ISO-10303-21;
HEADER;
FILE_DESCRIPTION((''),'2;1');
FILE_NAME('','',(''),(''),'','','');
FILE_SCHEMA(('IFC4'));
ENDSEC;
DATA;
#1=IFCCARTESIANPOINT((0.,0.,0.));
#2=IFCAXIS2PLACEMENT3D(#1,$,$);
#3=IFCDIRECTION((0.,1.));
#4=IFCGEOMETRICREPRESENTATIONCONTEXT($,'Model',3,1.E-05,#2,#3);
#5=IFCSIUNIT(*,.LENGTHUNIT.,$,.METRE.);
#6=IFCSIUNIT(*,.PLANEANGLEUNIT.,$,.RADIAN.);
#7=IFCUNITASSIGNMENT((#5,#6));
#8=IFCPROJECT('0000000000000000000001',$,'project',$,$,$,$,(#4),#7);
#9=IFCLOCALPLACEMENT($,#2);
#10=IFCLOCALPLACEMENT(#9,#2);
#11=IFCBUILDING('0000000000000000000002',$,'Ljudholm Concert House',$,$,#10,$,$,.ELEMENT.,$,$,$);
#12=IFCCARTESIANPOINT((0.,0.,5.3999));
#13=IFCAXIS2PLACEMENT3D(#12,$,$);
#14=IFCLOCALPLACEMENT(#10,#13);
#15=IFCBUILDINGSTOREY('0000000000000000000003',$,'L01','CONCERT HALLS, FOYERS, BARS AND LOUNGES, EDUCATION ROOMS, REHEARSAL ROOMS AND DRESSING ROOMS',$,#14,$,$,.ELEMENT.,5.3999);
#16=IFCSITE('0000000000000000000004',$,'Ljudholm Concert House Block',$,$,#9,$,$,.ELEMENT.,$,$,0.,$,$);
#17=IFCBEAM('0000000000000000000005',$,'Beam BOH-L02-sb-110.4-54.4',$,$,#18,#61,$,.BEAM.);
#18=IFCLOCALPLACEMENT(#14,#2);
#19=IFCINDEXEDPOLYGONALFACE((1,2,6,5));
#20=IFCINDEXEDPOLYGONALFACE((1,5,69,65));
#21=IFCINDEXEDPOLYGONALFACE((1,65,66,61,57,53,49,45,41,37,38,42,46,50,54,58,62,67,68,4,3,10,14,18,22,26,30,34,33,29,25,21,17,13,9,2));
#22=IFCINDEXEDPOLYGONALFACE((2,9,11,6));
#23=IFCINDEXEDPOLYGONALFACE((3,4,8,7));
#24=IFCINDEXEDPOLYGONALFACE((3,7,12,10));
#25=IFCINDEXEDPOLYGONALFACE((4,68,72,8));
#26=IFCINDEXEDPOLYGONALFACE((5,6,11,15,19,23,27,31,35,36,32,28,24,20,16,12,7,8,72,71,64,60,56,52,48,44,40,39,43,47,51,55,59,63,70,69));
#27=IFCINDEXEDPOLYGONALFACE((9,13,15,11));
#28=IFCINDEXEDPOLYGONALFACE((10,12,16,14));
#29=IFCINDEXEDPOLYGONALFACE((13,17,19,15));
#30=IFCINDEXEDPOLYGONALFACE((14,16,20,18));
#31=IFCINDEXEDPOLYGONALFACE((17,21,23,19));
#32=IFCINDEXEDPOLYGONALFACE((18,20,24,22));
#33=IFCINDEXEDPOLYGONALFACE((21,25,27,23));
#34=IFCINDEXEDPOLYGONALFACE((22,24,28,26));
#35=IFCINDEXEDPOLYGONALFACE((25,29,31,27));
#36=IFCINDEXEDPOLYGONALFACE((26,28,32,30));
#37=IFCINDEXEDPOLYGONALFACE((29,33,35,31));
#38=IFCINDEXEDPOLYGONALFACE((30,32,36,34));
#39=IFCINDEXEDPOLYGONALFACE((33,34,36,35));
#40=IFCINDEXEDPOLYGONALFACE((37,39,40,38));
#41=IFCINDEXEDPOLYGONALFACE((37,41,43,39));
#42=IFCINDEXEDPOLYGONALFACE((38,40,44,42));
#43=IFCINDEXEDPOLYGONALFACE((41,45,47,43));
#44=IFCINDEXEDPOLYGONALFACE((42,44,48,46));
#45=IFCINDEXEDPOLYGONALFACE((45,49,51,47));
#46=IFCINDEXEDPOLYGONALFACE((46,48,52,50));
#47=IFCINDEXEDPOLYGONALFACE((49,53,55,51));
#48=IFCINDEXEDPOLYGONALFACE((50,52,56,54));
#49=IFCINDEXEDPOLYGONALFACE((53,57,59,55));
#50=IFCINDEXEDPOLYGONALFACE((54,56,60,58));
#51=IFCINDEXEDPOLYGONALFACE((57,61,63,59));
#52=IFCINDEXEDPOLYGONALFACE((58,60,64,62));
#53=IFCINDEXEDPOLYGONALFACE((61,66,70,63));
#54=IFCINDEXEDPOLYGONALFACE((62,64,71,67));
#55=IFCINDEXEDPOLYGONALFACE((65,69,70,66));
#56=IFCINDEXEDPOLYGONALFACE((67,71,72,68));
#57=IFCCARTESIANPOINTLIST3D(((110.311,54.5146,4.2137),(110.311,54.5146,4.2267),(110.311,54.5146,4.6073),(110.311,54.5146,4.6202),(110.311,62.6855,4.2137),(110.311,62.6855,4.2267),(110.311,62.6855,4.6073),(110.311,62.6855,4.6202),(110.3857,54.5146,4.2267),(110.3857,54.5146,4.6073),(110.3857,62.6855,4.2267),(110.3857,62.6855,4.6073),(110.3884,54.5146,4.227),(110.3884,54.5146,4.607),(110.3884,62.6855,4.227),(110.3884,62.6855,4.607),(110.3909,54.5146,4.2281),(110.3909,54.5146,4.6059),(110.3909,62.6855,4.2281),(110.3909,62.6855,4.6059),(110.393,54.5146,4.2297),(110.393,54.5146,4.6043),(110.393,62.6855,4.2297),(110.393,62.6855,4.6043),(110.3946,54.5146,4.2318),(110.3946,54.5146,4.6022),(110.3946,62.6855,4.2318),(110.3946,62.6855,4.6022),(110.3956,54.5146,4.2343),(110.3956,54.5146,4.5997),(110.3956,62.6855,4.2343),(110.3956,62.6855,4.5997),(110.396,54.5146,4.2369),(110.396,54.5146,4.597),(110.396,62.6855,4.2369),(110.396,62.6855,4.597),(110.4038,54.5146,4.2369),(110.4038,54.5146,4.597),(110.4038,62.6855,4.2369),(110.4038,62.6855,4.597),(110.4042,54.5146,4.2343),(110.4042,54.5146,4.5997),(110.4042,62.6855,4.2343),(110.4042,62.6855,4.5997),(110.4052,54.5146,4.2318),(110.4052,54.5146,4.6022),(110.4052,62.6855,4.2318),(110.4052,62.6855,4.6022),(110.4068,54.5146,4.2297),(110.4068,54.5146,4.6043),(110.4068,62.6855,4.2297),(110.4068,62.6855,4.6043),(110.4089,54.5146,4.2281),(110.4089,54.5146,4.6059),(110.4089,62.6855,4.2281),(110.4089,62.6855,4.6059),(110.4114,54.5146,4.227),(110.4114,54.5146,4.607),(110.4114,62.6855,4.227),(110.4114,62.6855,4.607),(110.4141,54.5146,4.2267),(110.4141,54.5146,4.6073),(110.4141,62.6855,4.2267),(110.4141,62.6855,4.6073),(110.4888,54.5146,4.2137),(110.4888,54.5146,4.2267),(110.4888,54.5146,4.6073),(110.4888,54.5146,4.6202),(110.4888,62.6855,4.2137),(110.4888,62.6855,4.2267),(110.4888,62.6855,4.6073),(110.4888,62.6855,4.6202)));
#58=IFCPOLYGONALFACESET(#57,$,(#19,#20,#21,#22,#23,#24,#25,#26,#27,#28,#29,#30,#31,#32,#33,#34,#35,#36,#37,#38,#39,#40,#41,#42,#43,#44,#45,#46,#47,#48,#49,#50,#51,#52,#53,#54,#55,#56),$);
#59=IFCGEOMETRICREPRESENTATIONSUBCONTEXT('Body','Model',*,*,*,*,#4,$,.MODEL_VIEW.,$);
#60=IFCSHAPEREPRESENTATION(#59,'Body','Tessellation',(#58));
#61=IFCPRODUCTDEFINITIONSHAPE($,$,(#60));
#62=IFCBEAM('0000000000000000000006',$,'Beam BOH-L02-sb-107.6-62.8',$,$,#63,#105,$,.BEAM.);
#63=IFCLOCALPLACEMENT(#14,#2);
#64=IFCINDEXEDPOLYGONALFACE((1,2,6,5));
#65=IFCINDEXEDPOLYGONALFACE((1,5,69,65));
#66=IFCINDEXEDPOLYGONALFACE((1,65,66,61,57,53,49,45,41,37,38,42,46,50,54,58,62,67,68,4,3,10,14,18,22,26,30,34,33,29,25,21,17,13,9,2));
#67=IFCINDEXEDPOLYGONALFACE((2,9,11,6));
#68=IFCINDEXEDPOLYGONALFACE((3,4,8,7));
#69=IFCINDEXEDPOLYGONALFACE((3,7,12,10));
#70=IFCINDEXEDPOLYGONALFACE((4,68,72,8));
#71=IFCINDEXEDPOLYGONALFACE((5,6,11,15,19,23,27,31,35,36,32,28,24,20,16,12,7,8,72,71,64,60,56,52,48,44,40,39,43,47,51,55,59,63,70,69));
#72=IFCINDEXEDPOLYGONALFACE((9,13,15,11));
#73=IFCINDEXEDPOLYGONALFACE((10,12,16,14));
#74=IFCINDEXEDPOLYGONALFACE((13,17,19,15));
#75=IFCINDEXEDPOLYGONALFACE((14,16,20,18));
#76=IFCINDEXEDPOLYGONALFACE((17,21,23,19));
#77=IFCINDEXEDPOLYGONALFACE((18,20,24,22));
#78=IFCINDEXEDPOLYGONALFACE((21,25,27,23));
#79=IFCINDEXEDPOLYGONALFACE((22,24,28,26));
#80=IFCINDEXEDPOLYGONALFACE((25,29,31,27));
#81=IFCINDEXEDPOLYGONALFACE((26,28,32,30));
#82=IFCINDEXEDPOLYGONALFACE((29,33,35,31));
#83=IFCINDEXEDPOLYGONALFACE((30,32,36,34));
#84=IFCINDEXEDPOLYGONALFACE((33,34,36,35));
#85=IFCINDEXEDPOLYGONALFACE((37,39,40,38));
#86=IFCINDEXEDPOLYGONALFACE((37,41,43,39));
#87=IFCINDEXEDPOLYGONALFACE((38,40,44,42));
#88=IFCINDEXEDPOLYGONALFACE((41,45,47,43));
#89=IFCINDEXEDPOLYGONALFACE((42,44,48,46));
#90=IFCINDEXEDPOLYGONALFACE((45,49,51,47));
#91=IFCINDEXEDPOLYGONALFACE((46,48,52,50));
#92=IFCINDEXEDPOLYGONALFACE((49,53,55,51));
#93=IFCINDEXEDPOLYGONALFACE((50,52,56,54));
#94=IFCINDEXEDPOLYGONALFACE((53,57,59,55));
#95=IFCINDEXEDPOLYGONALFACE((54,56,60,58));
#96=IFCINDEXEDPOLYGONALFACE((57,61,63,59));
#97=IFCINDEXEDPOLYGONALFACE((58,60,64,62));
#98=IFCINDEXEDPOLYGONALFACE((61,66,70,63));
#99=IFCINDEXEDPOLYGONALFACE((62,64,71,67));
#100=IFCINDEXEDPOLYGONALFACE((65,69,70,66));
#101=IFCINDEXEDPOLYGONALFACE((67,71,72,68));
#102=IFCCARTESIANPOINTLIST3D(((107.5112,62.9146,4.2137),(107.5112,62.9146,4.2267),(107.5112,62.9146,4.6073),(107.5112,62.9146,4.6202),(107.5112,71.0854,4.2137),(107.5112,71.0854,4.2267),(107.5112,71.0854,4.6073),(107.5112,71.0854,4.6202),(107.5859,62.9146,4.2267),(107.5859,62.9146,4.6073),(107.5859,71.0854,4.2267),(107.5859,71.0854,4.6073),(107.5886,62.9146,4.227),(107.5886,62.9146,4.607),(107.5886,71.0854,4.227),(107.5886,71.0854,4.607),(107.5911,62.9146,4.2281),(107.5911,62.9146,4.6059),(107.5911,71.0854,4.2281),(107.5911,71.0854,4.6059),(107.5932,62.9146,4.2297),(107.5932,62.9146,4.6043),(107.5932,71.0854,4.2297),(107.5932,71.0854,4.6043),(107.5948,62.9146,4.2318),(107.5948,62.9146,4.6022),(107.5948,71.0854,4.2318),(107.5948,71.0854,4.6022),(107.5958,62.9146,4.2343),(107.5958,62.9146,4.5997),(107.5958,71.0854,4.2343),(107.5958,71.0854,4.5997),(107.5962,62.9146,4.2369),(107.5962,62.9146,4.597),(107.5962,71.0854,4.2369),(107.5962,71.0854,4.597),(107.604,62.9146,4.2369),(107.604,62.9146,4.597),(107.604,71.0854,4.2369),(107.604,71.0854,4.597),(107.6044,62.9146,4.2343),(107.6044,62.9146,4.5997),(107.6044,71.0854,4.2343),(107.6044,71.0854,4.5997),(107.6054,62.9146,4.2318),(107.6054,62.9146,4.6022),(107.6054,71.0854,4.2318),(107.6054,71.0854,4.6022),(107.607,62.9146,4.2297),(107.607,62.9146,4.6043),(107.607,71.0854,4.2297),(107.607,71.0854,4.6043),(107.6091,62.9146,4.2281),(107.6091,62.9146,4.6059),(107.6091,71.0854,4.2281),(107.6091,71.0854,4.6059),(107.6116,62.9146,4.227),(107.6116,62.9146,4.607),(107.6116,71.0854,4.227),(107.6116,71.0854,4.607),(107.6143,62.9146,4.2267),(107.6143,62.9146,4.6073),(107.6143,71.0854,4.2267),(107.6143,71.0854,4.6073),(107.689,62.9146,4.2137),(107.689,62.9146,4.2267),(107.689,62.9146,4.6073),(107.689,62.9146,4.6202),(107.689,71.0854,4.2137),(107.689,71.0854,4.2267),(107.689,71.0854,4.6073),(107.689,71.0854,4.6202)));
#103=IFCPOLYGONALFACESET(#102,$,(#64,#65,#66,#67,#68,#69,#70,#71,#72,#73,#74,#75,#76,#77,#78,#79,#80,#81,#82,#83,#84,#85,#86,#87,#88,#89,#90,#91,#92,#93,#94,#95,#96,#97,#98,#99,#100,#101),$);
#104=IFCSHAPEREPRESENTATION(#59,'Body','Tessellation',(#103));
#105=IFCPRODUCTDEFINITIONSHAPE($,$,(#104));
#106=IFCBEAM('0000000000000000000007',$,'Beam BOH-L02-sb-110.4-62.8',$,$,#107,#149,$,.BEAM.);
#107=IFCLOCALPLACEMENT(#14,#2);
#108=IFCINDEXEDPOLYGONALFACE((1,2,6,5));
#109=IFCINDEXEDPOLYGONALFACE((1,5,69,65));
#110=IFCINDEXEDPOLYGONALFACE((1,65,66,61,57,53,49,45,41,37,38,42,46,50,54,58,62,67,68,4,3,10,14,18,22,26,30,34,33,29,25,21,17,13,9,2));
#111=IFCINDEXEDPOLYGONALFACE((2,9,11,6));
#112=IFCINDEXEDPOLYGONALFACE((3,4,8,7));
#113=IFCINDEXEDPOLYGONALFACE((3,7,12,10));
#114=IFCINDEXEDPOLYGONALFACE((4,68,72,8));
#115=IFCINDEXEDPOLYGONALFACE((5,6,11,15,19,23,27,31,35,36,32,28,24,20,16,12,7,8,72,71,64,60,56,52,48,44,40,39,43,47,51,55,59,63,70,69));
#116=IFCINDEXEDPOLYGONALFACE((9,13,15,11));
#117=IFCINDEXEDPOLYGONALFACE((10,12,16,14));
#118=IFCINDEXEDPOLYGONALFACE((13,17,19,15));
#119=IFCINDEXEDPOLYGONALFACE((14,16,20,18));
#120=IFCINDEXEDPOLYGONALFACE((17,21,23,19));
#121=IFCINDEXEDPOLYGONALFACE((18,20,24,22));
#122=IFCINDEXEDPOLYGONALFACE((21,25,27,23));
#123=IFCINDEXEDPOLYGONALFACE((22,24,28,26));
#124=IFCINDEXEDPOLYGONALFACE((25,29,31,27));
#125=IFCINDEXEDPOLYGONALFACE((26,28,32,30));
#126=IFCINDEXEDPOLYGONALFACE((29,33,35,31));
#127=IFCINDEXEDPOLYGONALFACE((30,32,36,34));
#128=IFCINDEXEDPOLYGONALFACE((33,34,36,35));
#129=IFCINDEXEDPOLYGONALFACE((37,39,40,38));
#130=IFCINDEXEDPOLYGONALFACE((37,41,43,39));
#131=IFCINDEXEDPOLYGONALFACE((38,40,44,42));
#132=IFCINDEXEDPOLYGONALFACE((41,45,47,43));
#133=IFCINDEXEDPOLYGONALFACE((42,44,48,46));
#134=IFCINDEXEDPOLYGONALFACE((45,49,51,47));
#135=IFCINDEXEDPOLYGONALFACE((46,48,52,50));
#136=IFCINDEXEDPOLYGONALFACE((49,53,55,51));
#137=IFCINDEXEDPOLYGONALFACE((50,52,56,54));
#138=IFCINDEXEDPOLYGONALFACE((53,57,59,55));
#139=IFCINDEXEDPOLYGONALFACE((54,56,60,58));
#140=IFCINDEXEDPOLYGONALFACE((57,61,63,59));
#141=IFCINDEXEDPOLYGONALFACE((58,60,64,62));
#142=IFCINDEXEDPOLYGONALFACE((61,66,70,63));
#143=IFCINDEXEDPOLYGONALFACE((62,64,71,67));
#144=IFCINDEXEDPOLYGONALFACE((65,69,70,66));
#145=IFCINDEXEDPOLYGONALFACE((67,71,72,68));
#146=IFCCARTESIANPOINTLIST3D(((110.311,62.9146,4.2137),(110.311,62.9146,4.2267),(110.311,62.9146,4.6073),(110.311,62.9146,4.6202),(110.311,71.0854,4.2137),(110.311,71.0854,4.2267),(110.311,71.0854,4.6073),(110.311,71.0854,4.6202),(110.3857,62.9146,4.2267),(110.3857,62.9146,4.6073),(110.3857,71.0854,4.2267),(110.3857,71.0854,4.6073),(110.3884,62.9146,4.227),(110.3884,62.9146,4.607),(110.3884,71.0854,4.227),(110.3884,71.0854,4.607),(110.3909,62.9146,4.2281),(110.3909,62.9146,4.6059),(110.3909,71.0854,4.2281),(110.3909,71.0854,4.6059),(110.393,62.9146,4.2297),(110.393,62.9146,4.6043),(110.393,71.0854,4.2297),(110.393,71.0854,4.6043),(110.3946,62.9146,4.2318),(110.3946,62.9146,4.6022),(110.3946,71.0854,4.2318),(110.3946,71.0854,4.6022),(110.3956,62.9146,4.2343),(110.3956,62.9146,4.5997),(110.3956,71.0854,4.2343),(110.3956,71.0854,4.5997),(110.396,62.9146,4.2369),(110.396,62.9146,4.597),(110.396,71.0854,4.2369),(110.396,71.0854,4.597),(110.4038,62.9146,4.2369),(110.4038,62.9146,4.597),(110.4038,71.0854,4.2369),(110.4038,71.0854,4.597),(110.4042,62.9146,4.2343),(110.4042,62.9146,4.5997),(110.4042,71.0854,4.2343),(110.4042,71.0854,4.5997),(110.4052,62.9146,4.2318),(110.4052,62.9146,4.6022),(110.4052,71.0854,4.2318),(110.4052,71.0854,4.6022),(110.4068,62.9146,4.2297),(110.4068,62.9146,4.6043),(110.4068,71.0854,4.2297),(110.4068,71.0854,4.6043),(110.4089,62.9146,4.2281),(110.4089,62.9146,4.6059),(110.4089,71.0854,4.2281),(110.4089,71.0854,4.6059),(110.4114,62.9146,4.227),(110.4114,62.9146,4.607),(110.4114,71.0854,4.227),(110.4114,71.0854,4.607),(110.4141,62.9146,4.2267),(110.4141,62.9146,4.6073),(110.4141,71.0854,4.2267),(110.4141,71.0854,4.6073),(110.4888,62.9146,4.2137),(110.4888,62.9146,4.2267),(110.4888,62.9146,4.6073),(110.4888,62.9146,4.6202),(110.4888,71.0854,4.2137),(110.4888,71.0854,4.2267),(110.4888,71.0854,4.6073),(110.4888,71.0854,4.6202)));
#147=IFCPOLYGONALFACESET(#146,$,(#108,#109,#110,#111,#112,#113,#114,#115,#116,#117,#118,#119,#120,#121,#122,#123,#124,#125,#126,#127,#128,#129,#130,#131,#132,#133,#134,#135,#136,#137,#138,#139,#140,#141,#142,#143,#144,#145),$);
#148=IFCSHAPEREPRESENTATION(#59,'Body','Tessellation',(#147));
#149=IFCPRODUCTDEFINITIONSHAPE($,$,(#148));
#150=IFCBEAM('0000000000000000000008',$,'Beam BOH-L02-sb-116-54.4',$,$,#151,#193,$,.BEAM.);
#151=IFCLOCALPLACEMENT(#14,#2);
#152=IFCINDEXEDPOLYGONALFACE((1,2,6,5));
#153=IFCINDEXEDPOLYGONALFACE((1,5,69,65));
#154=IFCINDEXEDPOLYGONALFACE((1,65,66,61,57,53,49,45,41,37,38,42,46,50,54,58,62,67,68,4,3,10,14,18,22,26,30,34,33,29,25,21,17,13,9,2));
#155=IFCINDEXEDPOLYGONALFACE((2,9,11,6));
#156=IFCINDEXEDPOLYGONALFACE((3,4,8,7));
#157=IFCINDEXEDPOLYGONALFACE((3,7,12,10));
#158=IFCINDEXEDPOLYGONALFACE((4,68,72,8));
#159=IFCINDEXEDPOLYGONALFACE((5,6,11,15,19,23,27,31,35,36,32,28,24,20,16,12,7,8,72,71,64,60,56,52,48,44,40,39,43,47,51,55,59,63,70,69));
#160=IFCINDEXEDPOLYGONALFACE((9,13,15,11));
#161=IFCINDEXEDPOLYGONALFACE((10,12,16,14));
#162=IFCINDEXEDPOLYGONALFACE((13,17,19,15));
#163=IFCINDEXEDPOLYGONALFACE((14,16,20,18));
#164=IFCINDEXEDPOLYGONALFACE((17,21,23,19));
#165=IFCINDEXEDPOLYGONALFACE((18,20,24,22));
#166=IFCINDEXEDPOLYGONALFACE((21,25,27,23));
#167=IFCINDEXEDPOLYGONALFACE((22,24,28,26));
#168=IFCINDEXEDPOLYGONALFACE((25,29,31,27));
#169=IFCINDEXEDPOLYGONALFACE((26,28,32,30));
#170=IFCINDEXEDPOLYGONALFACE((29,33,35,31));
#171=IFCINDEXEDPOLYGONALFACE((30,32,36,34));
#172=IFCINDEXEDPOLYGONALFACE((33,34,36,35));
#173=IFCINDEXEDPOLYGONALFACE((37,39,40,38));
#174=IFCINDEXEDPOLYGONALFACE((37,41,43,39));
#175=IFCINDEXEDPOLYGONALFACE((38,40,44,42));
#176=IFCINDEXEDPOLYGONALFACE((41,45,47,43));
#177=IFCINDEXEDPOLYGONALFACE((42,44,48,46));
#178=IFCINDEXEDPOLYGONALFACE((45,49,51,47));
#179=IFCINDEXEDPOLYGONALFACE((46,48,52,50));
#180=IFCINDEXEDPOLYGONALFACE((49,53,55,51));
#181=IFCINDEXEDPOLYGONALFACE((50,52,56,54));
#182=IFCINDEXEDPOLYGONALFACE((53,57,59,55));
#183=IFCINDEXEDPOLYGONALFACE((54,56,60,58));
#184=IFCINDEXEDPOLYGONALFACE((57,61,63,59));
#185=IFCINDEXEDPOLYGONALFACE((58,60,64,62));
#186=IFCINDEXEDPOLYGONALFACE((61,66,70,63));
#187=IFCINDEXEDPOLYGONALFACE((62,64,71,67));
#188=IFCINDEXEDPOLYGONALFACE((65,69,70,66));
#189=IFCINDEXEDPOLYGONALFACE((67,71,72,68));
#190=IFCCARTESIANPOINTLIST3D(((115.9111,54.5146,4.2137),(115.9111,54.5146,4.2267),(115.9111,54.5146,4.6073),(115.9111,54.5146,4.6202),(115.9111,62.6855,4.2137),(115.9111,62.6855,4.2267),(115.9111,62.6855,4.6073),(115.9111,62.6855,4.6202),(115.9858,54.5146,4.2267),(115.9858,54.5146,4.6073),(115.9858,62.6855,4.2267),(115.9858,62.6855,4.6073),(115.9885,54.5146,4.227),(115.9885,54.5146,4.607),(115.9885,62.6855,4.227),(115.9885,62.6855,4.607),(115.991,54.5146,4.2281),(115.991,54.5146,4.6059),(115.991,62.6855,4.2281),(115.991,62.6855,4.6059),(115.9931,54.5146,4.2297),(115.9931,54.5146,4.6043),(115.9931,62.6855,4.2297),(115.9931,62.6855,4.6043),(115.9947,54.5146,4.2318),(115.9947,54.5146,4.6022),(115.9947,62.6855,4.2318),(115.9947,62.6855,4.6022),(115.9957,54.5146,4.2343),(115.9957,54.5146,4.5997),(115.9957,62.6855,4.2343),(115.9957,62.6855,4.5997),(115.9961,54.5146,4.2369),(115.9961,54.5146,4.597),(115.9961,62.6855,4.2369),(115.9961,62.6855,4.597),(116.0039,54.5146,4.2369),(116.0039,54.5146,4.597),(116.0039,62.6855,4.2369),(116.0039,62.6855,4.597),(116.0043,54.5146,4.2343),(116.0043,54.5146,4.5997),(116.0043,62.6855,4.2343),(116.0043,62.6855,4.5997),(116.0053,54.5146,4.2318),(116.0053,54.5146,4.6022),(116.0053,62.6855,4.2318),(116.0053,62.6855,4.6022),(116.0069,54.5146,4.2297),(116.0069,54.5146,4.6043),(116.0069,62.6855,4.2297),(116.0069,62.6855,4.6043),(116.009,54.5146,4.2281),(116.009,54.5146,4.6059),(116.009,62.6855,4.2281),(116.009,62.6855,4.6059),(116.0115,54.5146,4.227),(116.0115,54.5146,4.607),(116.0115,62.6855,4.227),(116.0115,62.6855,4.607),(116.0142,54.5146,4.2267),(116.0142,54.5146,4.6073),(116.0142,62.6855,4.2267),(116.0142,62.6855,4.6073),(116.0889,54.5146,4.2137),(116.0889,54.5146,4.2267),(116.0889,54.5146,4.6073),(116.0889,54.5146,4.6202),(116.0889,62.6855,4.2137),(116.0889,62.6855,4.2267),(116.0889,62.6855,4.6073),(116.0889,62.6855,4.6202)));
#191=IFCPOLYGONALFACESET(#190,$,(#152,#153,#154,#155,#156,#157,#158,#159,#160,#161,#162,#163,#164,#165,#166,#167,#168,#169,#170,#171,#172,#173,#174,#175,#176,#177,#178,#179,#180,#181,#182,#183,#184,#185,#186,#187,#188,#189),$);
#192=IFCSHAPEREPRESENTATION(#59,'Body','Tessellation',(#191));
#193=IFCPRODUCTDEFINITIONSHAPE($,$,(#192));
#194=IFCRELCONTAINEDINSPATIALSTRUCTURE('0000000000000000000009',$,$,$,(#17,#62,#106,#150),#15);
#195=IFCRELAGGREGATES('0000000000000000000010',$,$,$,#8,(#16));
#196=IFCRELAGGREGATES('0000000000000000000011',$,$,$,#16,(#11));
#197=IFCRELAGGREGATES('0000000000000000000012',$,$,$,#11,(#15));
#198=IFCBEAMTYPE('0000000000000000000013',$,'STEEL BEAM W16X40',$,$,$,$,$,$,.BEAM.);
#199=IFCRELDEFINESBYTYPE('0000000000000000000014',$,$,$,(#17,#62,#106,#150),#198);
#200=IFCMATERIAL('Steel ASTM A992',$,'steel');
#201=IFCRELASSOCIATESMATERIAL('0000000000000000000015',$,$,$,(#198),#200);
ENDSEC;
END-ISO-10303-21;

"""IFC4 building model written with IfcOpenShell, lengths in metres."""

from ifc_helpers import new_model, si_unit, direction, frame, origin, origin_2d, place, context, subcontext, project, spatial, i_section, extrude, material, material_profile, profile_set, type_object, element, save


model = new_model("IFC4")

# Units and contexts
model_context = context("Model", 3, precision=1e-05, world=origin(), true_north=direction((0.0, 1.0)))
body_context = subcontext(model_context, "Body", "Model", "MODEL_VIEW")
ifc_project = project(units=[si_unit("LENGTHUNIT", "METRE"), si_unit("PLANEANGLEUNIT", "RADIAN")], contexts=[model_context])

# Site, building, storey
site_placement = place(None, origin())
site = spatial("IfcSite", under=ifc_project, at=site_placement, Name="Ljudholm Concert House Block", CompositionType="ELEMENT", RefElevation=0.0)
building_placement = place(site_placement, origin())
building = spatial("IfcBuilding", under=site, at=building_placement, Name="Ljudholm Concert House", CompositionType="ELEMENT")
storey_placement = place(building_placement, frame((0.0, 0.0, 5.3999)))
storey = spatial("IfcBuildingStorey", under=building, at=storey_placement, Name="L01", Description="CONCERT HALLS, FOYERS, BARS AND LOUNGES, EDUCATION ROOMS, REHEARSAL ROOMS AND DRESSING ROOMS", CompositionType="ELEMENT", Elevation=5.3999)

# Beams
ifc_material_1 = material(Name="Steel ASTM A992", Category="steel")
ifc_material_profile_1 = material_profile(ifc_material_1, i_section(OverallWidth=0.1777, OverallDepth=0.4065, WebThickness=0.0078, FlangeThickness=0.0129, FilletRadius=0.0103, at=origin_2d()), Name="W16X40")
ifc_profile_set_1 = profile_set([ifc_material_profile_1], Name="Steel ASTM A992")
beam_type_1 = type_object("IfcBeamType", Name="STEEL BEAM W16X40", PredefinedType="BEAM", material=ifc_profile_set_1)
for number, where, z_axis, x_axis, name in (
    (1, (110.3999, 54.5146, 4.417), (0.0, 1.0, 0.0), (-1.0, 0.0, 0.0), "Beam BOH-L02-sb-110.4-54.4"),
    (2, (107.6001, 62.9146, 4.417), (0.0, 1.0, 0.0), (-1.0, 0.0, 0.0), "Beam BOH-L02-sb-107.6-62.8"),
    (3, (110.3999, 62.9146, 4.417), (0.0, 1.0, 0.0), (-1.0, 0.0, 0.0), "Beam BOH-L02-sb-110.4-62.8"),
    (4, (116.0, 54.5146, 4.417), (0.0, 1.0, 0.0), (-1.0, 0.0, 0.0), "Beam BOH-L02-sb-116-54.4"),
):
    element("IfcBeam", number, at=place(storey_placement, frame(where, z_axis=z_axis, x_axis=x_axis)), inside=storey, type_object=beam_type_1, Name=name, PredefinedType="BEAM", context=body_context, shape_type="SweptSolid", body=[
        extrude(i_section(OverallWidth=0.1777, OverallDepth=0.4065, WebThickness=0.0078, FlangeThickness=0.0129, FilletRadius=0.0103, at=origin_2d()), origin(), (0.0, 0.0, 1.0), 8.1709),
    ])

save(model, "model.ifc")
